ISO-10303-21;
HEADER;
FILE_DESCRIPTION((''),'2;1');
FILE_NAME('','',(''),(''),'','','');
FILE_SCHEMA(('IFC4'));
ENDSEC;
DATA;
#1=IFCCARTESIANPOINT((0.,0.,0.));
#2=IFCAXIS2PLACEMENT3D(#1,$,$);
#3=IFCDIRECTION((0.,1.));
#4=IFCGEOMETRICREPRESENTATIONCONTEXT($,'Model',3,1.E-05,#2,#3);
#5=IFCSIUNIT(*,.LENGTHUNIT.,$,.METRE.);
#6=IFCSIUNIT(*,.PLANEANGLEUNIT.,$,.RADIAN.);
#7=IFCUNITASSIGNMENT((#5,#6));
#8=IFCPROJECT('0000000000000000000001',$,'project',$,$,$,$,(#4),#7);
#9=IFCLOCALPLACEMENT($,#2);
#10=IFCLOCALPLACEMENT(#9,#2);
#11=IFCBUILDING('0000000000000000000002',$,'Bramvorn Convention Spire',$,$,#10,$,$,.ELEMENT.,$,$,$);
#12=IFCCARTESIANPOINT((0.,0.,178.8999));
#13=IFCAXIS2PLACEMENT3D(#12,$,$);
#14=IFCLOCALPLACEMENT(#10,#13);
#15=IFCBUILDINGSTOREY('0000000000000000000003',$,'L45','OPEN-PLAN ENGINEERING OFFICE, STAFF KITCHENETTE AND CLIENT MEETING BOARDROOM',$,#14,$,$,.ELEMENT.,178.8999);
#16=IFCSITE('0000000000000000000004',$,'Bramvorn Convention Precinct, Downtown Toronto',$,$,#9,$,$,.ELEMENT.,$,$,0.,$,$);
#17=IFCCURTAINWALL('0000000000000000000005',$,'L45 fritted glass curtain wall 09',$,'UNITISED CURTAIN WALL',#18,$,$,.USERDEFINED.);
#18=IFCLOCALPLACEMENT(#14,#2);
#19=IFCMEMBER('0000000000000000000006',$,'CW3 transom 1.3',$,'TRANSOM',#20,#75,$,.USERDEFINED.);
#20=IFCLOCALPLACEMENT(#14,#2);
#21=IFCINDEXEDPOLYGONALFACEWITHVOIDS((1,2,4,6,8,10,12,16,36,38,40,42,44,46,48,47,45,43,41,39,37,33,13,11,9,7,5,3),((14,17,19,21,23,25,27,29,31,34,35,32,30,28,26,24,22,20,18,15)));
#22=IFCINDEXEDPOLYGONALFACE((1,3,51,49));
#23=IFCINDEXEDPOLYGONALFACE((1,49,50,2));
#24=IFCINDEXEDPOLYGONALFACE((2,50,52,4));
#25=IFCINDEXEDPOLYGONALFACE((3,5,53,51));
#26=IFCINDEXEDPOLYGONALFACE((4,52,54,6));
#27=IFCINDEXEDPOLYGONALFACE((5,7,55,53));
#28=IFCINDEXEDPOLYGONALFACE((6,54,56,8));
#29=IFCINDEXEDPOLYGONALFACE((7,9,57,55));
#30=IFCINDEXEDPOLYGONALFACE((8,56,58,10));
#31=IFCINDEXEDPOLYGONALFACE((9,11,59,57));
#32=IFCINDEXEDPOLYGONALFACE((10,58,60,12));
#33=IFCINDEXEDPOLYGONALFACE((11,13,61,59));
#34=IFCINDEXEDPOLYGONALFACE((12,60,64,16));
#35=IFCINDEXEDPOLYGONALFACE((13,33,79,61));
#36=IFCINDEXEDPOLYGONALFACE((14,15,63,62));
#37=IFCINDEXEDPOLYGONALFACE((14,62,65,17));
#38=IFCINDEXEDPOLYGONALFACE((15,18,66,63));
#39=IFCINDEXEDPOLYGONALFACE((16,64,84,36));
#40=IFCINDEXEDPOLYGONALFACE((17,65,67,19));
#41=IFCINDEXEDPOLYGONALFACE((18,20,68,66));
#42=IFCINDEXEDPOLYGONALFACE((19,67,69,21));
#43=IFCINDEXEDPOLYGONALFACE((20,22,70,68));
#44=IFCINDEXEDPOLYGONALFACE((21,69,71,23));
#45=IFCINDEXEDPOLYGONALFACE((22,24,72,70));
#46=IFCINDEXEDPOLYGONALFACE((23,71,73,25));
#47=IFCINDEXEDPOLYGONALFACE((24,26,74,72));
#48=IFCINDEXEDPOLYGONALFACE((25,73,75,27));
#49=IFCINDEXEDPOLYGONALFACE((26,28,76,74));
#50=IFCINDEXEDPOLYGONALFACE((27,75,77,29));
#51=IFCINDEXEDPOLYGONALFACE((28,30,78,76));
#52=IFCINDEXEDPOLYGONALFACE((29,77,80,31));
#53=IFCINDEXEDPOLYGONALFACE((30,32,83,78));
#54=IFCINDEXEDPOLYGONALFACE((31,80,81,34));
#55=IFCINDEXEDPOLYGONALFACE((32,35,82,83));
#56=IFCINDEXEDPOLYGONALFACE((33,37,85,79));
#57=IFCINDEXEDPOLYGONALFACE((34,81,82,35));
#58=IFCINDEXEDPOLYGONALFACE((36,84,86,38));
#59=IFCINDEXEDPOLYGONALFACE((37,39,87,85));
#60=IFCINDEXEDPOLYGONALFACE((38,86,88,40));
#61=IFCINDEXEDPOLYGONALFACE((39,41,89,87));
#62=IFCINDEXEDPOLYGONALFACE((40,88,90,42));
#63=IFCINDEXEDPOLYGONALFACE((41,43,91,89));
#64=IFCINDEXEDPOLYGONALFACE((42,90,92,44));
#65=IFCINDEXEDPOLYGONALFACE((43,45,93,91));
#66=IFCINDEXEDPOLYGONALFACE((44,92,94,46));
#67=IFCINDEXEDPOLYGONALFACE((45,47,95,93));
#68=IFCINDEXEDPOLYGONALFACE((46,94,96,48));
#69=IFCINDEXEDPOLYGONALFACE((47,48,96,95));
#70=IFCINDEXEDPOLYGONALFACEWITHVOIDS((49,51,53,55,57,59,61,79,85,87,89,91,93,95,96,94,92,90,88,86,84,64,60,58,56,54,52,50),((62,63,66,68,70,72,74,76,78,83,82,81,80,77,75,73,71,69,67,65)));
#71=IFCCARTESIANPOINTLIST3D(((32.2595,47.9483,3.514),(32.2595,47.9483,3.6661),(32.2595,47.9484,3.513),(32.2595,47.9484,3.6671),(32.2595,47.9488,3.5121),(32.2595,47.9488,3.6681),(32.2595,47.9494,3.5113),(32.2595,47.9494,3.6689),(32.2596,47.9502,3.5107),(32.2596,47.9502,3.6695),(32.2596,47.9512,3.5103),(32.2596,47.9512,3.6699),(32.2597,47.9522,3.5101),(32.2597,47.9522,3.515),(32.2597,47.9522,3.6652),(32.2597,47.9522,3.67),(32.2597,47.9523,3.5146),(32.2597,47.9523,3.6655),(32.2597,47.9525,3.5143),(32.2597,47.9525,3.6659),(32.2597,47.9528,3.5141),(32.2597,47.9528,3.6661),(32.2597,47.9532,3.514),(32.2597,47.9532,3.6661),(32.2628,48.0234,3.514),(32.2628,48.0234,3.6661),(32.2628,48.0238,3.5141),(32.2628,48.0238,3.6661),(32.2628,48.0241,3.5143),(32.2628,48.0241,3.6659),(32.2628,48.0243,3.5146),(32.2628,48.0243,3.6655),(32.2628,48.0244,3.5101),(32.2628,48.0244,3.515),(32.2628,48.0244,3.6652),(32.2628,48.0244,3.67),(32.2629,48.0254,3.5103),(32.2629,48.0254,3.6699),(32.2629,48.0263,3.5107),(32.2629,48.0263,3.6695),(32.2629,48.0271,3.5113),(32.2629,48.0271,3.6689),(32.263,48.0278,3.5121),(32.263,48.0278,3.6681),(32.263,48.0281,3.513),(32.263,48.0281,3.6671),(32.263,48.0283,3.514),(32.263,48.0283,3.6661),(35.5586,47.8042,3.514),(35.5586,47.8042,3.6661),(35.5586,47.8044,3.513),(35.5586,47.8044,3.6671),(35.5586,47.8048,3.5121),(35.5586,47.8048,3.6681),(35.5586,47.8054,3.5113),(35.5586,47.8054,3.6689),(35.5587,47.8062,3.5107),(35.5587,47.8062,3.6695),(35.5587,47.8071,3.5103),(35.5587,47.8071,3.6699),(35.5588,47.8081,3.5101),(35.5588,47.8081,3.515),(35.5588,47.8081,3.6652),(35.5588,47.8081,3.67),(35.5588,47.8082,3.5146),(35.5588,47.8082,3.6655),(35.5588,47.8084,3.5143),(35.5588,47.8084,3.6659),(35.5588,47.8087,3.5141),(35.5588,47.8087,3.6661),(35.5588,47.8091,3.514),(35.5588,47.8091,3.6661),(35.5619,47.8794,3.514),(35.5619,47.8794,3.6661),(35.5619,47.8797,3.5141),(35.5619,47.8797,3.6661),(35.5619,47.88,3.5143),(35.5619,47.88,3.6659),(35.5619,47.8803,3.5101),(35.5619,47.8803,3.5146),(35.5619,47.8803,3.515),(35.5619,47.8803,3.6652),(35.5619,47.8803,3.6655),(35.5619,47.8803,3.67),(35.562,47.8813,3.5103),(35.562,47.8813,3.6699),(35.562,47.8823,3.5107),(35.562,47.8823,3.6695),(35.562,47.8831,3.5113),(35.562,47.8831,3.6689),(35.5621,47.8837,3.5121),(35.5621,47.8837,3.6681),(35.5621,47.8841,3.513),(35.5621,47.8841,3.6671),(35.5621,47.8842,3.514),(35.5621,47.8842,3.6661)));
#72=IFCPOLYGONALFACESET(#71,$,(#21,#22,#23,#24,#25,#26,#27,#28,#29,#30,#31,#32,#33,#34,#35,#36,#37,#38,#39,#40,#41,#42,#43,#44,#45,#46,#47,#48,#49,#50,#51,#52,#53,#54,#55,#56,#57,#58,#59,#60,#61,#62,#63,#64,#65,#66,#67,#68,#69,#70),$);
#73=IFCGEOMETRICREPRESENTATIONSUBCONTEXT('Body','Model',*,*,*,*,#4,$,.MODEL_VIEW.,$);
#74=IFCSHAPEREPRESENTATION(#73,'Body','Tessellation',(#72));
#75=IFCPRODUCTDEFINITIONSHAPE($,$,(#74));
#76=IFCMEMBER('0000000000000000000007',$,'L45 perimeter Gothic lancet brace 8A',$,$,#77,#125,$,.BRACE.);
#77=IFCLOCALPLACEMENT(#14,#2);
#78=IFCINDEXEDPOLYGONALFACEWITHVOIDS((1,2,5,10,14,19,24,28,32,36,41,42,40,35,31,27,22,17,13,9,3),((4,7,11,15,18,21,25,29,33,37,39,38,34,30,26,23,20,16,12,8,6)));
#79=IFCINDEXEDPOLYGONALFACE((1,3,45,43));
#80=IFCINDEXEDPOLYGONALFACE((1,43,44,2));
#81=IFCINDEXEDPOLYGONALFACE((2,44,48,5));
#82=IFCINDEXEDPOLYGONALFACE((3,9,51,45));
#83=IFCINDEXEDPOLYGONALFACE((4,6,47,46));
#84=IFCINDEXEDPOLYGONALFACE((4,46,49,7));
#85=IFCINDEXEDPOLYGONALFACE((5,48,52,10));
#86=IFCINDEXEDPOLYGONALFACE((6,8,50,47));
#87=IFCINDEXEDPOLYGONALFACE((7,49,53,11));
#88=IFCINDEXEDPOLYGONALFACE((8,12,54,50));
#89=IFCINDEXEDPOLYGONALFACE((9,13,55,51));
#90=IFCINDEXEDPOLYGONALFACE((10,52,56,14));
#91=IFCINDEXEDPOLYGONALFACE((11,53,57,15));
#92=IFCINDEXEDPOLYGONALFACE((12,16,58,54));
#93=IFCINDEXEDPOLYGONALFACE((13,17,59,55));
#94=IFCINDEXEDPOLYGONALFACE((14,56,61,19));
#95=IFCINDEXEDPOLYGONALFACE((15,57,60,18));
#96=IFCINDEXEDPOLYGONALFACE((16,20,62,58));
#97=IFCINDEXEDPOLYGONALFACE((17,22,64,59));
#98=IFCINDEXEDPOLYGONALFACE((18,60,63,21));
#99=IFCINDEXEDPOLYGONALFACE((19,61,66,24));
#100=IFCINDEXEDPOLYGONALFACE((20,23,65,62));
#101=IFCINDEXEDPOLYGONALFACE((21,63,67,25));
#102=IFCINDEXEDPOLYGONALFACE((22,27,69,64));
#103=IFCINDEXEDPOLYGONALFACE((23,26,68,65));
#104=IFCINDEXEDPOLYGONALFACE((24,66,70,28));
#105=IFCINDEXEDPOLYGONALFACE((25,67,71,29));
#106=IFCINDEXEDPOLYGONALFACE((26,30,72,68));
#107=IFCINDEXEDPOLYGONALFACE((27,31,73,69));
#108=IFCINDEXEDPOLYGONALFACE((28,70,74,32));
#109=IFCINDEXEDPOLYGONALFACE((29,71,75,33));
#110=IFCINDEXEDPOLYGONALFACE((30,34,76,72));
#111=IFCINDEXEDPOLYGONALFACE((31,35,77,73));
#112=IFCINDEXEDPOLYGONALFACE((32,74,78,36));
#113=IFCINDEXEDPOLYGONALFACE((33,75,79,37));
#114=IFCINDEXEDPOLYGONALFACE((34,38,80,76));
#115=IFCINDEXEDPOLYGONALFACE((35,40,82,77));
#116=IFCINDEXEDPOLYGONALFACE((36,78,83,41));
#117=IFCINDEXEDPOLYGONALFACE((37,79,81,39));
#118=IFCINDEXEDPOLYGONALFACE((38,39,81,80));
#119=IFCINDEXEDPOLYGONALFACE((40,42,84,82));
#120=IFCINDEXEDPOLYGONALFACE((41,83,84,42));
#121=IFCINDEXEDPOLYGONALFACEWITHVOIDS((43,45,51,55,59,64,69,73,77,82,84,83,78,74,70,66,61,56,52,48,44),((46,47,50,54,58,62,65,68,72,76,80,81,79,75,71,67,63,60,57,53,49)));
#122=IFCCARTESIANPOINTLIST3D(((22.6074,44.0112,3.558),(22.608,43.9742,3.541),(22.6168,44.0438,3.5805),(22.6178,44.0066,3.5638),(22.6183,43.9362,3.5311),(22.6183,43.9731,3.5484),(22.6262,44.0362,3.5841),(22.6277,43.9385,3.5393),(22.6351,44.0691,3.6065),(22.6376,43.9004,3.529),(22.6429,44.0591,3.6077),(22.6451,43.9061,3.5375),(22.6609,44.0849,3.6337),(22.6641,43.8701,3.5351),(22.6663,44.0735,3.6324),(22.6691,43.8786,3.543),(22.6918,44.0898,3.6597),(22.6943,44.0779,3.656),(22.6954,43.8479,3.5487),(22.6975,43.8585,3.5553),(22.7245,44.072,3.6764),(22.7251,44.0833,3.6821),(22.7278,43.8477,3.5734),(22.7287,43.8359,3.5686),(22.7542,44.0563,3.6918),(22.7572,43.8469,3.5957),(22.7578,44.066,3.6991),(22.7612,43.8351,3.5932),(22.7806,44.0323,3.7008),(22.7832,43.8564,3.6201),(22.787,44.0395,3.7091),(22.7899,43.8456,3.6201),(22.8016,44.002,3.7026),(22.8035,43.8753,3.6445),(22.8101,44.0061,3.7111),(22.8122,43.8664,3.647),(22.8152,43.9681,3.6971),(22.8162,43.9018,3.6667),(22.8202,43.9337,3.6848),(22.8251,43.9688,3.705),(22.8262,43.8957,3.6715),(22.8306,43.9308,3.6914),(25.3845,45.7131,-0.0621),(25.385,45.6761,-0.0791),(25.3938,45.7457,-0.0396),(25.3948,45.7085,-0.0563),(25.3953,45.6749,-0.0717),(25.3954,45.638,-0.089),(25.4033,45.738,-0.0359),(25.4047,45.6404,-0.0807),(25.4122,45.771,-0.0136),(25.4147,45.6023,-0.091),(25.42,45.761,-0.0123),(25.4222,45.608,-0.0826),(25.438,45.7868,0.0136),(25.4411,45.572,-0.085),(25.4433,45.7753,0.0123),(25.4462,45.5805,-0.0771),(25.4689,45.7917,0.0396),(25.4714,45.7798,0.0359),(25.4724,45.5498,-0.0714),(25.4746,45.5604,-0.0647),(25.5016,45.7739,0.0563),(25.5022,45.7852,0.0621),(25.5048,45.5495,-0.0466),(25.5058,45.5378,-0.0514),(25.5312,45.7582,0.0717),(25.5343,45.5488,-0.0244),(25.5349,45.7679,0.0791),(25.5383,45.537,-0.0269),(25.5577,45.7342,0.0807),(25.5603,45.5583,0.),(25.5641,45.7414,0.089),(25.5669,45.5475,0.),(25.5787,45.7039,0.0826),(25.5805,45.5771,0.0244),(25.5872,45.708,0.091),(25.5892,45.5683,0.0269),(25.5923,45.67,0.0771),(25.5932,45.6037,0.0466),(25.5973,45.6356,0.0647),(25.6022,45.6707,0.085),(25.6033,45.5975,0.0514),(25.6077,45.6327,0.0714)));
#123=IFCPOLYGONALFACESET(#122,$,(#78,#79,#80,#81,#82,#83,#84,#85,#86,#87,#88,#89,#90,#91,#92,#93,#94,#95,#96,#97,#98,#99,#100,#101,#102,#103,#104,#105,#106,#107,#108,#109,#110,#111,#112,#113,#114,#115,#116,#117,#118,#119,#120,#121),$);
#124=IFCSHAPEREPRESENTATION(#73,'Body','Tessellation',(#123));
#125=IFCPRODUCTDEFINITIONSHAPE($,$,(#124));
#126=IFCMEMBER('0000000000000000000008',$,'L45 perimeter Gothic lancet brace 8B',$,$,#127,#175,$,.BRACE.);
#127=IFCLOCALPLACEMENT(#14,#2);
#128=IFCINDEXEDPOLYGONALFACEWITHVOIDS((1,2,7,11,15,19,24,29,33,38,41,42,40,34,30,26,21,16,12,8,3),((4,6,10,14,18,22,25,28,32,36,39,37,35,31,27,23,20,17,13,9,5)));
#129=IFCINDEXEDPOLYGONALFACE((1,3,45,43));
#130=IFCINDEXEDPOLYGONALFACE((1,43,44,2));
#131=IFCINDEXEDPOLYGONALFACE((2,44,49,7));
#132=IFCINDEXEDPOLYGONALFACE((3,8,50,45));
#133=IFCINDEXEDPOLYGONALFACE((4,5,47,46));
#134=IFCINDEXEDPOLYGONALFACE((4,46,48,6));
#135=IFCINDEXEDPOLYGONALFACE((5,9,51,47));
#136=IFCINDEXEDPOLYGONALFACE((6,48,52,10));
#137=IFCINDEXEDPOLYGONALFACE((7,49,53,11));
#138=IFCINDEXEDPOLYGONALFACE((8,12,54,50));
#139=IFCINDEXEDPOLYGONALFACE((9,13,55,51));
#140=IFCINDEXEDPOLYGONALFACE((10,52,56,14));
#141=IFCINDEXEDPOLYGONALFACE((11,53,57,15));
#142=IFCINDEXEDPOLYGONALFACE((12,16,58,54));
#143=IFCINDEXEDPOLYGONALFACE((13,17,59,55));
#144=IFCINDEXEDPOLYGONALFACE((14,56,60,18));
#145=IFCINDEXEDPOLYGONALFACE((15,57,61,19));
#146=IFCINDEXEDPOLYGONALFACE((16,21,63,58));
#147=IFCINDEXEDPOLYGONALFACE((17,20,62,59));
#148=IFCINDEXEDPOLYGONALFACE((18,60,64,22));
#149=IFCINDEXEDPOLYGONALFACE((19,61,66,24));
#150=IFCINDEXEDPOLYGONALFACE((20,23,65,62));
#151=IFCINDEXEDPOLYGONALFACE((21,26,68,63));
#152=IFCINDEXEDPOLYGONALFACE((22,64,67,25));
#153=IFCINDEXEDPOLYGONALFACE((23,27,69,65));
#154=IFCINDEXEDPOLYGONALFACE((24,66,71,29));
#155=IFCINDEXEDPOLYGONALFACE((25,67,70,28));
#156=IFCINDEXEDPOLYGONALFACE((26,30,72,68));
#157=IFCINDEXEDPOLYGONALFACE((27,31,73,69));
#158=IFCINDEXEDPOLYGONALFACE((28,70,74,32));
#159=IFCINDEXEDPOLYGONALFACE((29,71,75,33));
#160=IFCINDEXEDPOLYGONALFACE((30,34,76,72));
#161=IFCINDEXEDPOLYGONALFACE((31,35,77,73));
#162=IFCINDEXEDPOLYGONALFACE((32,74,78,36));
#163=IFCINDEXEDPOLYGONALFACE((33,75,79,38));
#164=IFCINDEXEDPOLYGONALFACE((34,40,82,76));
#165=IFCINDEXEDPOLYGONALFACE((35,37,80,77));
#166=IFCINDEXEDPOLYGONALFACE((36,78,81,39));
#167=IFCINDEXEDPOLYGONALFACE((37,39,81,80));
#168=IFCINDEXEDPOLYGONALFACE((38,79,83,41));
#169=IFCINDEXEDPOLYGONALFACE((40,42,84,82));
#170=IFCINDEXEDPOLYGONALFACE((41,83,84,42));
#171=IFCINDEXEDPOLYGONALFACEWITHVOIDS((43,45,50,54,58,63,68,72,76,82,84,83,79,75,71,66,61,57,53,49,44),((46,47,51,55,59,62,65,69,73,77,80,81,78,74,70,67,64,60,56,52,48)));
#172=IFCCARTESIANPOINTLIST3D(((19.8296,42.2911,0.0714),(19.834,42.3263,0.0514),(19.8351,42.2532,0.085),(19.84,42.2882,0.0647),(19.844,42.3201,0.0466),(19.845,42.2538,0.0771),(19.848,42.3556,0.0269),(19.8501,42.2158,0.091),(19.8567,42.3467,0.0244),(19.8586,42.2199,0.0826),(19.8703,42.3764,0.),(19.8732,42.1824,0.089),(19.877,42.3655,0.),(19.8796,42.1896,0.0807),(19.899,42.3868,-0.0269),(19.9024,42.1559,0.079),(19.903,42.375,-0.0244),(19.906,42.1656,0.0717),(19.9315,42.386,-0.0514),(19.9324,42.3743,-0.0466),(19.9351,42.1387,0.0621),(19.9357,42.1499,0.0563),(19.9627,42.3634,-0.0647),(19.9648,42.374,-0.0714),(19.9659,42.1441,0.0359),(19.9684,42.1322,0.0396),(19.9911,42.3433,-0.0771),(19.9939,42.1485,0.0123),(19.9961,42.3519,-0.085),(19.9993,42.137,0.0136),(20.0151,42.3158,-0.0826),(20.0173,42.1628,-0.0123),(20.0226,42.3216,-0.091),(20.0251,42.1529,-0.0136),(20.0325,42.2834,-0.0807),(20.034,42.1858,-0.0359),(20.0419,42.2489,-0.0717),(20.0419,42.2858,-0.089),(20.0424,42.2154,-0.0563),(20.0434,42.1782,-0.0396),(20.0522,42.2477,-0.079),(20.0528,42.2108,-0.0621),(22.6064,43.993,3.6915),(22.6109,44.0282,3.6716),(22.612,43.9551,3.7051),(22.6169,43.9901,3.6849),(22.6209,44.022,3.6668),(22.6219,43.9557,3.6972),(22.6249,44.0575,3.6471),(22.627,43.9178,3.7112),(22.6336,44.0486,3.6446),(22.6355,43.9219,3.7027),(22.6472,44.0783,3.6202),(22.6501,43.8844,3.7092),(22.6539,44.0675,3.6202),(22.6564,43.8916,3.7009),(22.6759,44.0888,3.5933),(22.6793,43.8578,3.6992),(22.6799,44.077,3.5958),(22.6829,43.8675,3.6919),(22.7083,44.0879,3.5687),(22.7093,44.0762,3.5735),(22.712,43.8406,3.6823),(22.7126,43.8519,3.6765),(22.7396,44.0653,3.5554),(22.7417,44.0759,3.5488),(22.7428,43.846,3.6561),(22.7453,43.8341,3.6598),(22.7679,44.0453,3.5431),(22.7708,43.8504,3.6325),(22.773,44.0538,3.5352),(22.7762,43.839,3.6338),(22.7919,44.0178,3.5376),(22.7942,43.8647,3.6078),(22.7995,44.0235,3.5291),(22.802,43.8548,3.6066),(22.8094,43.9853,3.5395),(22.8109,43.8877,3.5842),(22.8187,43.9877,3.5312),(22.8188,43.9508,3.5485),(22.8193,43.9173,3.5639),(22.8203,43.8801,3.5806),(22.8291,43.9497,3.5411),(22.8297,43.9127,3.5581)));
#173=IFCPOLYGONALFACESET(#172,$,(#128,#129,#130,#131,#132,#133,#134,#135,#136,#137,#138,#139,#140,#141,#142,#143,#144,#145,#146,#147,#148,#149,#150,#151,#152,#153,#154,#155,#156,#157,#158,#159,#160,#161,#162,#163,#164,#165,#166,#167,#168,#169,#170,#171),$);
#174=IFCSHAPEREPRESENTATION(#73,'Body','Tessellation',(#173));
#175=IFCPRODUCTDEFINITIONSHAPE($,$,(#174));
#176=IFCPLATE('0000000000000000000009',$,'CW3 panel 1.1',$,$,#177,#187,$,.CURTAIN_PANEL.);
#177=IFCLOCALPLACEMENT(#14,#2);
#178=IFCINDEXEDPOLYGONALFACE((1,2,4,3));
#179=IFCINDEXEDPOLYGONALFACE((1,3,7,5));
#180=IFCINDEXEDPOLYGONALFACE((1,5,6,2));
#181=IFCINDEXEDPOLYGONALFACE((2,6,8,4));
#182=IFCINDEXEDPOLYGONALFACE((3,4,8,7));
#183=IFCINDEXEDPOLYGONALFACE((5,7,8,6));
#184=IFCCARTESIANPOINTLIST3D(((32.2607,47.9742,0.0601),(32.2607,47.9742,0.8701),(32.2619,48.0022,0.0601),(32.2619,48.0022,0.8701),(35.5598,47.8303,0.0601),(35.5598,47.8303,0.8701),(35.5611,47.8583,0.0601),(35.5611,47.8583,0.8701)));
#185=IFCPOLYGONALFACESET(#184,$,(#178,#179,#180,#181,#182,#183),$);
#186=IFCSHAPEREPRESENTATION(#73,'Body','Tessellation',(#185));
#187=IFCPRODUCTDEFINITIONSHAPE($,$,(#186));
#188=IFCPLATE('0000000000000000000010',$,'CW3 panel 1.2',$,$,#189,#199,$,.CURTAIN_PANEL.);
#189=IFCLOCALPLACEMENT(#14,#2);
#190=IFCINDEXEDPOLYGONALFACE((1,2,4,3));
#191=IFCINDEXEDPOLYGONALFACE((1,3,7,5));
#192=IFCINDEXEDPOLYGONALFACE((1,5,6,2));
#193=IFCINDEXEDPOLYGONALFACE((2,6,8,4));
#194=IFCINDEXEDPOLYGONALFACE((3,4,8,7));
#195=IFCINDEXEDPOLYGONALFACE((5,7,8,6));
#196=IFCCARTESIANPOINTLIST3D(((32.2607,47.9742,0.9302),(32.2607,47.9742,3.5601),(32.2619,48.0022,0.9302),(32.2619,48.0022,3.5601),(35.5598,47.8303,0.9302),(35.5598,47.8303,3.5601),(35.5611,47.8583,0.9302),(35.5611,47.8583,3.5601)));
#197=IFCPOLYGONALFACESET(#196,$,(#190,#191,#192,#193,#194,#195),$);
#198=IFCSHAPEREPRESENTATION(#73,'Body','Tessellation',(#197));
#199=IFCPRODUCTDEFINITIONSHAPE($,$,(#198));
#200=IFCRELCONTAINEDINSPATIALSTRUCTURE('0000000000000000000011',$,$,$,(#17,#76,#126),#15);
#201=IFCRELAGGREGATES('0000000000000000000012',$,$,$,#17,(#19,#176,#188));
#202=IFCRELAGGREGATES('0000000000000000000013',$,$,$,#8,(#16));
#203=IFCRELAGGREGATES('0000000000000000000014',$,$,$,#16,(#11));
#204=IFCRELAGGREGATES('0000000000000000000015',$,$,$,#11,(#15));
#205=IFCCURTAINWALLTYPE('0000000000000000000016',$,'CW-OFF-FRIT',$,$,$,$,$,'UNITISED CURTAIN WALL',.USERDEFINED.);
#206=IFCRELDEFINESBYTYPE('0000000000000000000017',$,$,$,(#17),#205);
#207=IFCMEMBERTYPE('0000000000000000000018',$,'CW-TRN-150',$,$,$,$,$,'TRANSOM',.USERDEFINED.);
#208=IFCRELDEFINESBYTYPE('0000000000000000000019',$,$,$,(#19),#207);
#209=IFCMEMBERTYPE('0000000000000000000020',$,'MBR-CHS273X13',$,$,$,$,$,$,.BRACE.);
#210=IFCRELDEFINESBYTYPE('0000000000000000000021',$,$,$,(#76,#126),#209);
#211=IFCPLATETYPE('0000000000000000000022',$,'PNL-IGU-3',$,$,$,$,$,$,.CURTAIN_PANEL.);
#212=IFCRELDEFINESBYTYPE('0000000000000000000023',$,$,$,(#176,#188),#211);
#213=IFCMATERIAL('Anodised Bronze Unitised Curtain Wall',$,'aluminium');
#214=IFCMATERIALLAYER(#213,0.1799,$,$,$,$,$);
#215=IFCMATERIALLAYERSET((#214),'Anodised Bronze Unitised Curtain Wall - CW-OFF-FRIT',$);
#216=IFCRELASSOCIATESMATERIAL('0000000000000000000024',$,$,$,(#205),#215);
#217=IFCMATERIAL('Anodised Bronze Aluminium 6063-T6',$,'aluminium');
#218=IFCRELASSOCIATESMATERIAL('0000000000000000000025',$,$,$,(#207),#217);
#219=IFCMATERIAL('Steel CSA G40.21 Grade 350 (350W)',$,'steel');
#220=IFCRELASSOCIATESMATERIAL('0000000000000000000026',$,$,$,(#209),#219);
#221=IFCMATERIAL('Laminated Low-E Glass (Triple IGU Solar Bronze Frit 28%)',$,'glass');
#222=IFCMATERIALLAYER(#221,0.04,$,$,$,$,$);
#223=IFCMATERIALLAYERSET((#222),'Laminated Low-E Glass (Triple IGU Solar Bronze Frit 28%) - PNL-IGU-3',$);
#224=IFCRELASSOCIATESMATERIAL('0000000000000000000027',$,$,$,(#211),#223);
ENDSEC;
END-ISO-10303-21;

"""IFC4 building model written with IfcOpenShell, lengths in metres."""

from ifc_helpers import new_model, si_unit, direction, frame, origin, origin_2d, place, context, subcontext, project, spatial, rectangle, hollow_rectangle, hollow_circle, extrude, material, layer, layer_set, material_profile, profile_set, type_object, element, aggregate, save


model = new_model("IFC4")

# Units and contexts
model_context = context("Model", 3, precision=1e-05, world=origin(), true_north=direction((0.0, 1.0)))
body_context = subcontext(model_context, "Body", "Model", "MODEL_VIEW")
ifc_project = project(units=[si_unit("LENGTHUNIT", "METRE"), si_unit("PLANEANGLEUNIT", "RADIAN")], contexts=[model_context])

# Site, building, storey
site_placement = place(None, origin())
site = spatial("IfcSite", under=ifc_project, at=site_placement, Name="Bramvorn Convention Precinct, Downtown Toronto", CompositionType="ELEMENT", RefElevation=0.0)
building_placement = place(site_placement, origin())
building = spatial("IfcBuilding", under=site, at=building_placement, Name="Bramvorn Convention Spire", CompositionType="ELEMENT")
storey_placement = place(building_placement, frame((0.0, 0.0, 178.8999)))
storey = spatial("IfcBuildingStorey", under=building, at=storey_placement, Name="L45", Description="OPEN-PLAN ENGINEERING OFFICE, STAFF KITCHENETTE AND CLIENT MEETING BOARDROOM", CompositionType="ELEMENT", Elevation=178.8999)

# Shared definitions
ifc_material_1 = material(Name="Steel CSA G40.21 Grade 350 (350W)", Category="steel")

# Curtain wall
ifc_material_2 = material(Name="Anodised Bronze Unitised Curtain Wall", Category="aluminium")
ifc_layer_1 = layer(ifc_material_2, 0.1799)
ifc_layer_set_1 = layer_set([ifc_layer_1], Name="Anodised Bronze Unitised Curtain Wall - CW-OFF-FRIT")
curtain_wall_type = type_object("IfcCurtainWallType", Name="CW-OFF-FRIT", ElementType="UNITISED CURTAIN WALL", PredefinedType="USERDEFINED", material=ifc_layer_set_1)
curtain_wall_1_placement = place(storey_placement, origin())
curtain_wall_1 = element("IfcCurtainWall", 1, at=curtain_wall_1_placement, inside=storey, type_object=curtain_wall_type, Name="L45 fritted glass curtain wall 09", ObjectType="UNITISED CURTAIN WALL", PredefinedType="USERDEFINED")
ifc_material_3 = material(Name="Anodised Bronze Aluminium 6063-T6", Category="aluminium")

# Member
ifc_material_profile_1 = material_profile(ifc_material_3, hollow_rectangle(XDim=0.0801, YDim=0.1599, WallThickness=0.0039, InnerFilletRadius=0.001, OuterFilletRadius=0.0039, at=origin_2d()))
ifc_profile_set_1 = profile_set([ifc_material_profile_1], Name="Anodised Bronze Aluminium 6063-T6 - CWT80X160")
member_type_1 = type_object("IfcMemberType", Name="CW-TRN-150", ElementType="TRANSOM", PredefinedType="USERDEFINED", material=ifc_profile_set_1)
member_1_placement = place(storey_placement, frame((32.2612, 47.9883, 3.5901), z_axis=(0.999048, -0.04362, 0.0), x_axis=(0.04362, 0.999048, 0.0)))
member_1 = element("IfcMember", 2, at=member_1_placement, type_object=member_type_1, Name="CW3 transom 1.3", ObjectType="TRANSOM", PredefinedType="USERDEFINED", context=body_context, shape_type="SweptSolid", body=[
    extrude(hollow_rectangle(XDim=0.0801, YDim=0.1599, WallThickness=0.0039, InnerFilletRadius=0.001, OuterFilletRadius=0.0039, at=origin_2d()), origin(), (0.0, 0.0, 1.0), 3.3022),
])

# Members
ifc_material_profile_2 = material_profile(ifc_material_1, hollow_circle(Radius=0.1365, WallThickness=0.0127, at=origin_2d()))
ifc_profile_set_2 = profile_set([ifc_material_profile_2], Name="Steel CSA G40.21 Grade 350 (350W) - CHS273X13")
member_type_2 = type_object("IfcMemberType", Name="MBR-CHS273X13", PredefinedType="BRACE", material=ifc_profile_set_2)
for number, where, z_axis, x_axis, name in (
    (3, (25.4956, 45.6638, 0.0), (-0.570281, -0.349488, 0.743396), (0.52252, -0.852627, 0.0), "L45 perimeter Gothic lancet brace 8A"),
    (4, (19.9417, 42.26, 0.0), (0.570247, 0.349498, 0.743417), (-0.522553, 0.852607, 0.0), "L45 perimeter Gothic lancet brace 8B"),
):
    element("IfcMember", number, at=place(storey_placement, frame(where, z_axis=z_axis, x_axis=x_axis)), inside=storey, type_object=member_type_2, Name=name, PredefinedType="BRACE", context=body_context, shape_type="SweptSolid", body=[
        extrude(hollow_circle(Radius=0.1365, WallThickness=0.0127, at=origin_2d()), origin(), (0.0, 0.0, 1.0), 4.8696),
    ])

# Plates
ifc_material_4 = material(Name="Laminated Low-E Glass (Triple IGU Solar Bronze Frit 28%)", Category="glass")
ifc_layer_2 = layer(ifc_material_4, 0.04)
ifc_layer_set_2 = layer_set([ifc_layer_2], Name="Laminated Low-E Glass (Triple IGU Solar Bronze Frit 28%) - PNL-IGU-3")
plate_type = type_object("IfcPlateType", Name="PNL-IGU-3", PredefinedType="CURTAIN_PANEL", material=ifc_layer_set_2)
plate_1_placement = place(storey_placement, frame((33.9109, 47.9163, 0.0601), z_axis=(0.0, 0.0, 1.0), x_axis=(0.99905, -0.04357, 0.0)))
plate_1 = element("IfcPlate", 5, at=plate_1_placement, type_object=plate_type, Name="CW3 panel 1.1", PredefinedType="CURTAIN_PANEL", context=body_context, shape_type="SweptSolid", body=[
    extrude(rectangle(XDim=3.3022, YDim=0.0281, at=origin_2d()), origin(), (0.0, 0.0, 1.0), 0.8101),
])
plate_2_placement = place(storey_placement, frame((33.9109, 47.9163, 0.9302), z_axis=(0.0, 0.0, 1.0), x_axis=(0.99905, -0.04357, 0.0)))
plate_2 = element("IfcPlate", 6, at=plate_2_placement, type_object=plate_type, Name="CW3 panel 1.2", PredefinedType="CURTAIN_PANEL", context=body_context, shape_type="SweptSolid", body=[
    extrude(rectangle(XDim=3.3022, YDim=0.0281, at=origin_2d()), origin(), (0.0, 0.0, 1.0), 2.6299),
])
aggregate(curtain_wall_1, [member_1, plate_1, plate_2])

save(model, "model.ifc")
